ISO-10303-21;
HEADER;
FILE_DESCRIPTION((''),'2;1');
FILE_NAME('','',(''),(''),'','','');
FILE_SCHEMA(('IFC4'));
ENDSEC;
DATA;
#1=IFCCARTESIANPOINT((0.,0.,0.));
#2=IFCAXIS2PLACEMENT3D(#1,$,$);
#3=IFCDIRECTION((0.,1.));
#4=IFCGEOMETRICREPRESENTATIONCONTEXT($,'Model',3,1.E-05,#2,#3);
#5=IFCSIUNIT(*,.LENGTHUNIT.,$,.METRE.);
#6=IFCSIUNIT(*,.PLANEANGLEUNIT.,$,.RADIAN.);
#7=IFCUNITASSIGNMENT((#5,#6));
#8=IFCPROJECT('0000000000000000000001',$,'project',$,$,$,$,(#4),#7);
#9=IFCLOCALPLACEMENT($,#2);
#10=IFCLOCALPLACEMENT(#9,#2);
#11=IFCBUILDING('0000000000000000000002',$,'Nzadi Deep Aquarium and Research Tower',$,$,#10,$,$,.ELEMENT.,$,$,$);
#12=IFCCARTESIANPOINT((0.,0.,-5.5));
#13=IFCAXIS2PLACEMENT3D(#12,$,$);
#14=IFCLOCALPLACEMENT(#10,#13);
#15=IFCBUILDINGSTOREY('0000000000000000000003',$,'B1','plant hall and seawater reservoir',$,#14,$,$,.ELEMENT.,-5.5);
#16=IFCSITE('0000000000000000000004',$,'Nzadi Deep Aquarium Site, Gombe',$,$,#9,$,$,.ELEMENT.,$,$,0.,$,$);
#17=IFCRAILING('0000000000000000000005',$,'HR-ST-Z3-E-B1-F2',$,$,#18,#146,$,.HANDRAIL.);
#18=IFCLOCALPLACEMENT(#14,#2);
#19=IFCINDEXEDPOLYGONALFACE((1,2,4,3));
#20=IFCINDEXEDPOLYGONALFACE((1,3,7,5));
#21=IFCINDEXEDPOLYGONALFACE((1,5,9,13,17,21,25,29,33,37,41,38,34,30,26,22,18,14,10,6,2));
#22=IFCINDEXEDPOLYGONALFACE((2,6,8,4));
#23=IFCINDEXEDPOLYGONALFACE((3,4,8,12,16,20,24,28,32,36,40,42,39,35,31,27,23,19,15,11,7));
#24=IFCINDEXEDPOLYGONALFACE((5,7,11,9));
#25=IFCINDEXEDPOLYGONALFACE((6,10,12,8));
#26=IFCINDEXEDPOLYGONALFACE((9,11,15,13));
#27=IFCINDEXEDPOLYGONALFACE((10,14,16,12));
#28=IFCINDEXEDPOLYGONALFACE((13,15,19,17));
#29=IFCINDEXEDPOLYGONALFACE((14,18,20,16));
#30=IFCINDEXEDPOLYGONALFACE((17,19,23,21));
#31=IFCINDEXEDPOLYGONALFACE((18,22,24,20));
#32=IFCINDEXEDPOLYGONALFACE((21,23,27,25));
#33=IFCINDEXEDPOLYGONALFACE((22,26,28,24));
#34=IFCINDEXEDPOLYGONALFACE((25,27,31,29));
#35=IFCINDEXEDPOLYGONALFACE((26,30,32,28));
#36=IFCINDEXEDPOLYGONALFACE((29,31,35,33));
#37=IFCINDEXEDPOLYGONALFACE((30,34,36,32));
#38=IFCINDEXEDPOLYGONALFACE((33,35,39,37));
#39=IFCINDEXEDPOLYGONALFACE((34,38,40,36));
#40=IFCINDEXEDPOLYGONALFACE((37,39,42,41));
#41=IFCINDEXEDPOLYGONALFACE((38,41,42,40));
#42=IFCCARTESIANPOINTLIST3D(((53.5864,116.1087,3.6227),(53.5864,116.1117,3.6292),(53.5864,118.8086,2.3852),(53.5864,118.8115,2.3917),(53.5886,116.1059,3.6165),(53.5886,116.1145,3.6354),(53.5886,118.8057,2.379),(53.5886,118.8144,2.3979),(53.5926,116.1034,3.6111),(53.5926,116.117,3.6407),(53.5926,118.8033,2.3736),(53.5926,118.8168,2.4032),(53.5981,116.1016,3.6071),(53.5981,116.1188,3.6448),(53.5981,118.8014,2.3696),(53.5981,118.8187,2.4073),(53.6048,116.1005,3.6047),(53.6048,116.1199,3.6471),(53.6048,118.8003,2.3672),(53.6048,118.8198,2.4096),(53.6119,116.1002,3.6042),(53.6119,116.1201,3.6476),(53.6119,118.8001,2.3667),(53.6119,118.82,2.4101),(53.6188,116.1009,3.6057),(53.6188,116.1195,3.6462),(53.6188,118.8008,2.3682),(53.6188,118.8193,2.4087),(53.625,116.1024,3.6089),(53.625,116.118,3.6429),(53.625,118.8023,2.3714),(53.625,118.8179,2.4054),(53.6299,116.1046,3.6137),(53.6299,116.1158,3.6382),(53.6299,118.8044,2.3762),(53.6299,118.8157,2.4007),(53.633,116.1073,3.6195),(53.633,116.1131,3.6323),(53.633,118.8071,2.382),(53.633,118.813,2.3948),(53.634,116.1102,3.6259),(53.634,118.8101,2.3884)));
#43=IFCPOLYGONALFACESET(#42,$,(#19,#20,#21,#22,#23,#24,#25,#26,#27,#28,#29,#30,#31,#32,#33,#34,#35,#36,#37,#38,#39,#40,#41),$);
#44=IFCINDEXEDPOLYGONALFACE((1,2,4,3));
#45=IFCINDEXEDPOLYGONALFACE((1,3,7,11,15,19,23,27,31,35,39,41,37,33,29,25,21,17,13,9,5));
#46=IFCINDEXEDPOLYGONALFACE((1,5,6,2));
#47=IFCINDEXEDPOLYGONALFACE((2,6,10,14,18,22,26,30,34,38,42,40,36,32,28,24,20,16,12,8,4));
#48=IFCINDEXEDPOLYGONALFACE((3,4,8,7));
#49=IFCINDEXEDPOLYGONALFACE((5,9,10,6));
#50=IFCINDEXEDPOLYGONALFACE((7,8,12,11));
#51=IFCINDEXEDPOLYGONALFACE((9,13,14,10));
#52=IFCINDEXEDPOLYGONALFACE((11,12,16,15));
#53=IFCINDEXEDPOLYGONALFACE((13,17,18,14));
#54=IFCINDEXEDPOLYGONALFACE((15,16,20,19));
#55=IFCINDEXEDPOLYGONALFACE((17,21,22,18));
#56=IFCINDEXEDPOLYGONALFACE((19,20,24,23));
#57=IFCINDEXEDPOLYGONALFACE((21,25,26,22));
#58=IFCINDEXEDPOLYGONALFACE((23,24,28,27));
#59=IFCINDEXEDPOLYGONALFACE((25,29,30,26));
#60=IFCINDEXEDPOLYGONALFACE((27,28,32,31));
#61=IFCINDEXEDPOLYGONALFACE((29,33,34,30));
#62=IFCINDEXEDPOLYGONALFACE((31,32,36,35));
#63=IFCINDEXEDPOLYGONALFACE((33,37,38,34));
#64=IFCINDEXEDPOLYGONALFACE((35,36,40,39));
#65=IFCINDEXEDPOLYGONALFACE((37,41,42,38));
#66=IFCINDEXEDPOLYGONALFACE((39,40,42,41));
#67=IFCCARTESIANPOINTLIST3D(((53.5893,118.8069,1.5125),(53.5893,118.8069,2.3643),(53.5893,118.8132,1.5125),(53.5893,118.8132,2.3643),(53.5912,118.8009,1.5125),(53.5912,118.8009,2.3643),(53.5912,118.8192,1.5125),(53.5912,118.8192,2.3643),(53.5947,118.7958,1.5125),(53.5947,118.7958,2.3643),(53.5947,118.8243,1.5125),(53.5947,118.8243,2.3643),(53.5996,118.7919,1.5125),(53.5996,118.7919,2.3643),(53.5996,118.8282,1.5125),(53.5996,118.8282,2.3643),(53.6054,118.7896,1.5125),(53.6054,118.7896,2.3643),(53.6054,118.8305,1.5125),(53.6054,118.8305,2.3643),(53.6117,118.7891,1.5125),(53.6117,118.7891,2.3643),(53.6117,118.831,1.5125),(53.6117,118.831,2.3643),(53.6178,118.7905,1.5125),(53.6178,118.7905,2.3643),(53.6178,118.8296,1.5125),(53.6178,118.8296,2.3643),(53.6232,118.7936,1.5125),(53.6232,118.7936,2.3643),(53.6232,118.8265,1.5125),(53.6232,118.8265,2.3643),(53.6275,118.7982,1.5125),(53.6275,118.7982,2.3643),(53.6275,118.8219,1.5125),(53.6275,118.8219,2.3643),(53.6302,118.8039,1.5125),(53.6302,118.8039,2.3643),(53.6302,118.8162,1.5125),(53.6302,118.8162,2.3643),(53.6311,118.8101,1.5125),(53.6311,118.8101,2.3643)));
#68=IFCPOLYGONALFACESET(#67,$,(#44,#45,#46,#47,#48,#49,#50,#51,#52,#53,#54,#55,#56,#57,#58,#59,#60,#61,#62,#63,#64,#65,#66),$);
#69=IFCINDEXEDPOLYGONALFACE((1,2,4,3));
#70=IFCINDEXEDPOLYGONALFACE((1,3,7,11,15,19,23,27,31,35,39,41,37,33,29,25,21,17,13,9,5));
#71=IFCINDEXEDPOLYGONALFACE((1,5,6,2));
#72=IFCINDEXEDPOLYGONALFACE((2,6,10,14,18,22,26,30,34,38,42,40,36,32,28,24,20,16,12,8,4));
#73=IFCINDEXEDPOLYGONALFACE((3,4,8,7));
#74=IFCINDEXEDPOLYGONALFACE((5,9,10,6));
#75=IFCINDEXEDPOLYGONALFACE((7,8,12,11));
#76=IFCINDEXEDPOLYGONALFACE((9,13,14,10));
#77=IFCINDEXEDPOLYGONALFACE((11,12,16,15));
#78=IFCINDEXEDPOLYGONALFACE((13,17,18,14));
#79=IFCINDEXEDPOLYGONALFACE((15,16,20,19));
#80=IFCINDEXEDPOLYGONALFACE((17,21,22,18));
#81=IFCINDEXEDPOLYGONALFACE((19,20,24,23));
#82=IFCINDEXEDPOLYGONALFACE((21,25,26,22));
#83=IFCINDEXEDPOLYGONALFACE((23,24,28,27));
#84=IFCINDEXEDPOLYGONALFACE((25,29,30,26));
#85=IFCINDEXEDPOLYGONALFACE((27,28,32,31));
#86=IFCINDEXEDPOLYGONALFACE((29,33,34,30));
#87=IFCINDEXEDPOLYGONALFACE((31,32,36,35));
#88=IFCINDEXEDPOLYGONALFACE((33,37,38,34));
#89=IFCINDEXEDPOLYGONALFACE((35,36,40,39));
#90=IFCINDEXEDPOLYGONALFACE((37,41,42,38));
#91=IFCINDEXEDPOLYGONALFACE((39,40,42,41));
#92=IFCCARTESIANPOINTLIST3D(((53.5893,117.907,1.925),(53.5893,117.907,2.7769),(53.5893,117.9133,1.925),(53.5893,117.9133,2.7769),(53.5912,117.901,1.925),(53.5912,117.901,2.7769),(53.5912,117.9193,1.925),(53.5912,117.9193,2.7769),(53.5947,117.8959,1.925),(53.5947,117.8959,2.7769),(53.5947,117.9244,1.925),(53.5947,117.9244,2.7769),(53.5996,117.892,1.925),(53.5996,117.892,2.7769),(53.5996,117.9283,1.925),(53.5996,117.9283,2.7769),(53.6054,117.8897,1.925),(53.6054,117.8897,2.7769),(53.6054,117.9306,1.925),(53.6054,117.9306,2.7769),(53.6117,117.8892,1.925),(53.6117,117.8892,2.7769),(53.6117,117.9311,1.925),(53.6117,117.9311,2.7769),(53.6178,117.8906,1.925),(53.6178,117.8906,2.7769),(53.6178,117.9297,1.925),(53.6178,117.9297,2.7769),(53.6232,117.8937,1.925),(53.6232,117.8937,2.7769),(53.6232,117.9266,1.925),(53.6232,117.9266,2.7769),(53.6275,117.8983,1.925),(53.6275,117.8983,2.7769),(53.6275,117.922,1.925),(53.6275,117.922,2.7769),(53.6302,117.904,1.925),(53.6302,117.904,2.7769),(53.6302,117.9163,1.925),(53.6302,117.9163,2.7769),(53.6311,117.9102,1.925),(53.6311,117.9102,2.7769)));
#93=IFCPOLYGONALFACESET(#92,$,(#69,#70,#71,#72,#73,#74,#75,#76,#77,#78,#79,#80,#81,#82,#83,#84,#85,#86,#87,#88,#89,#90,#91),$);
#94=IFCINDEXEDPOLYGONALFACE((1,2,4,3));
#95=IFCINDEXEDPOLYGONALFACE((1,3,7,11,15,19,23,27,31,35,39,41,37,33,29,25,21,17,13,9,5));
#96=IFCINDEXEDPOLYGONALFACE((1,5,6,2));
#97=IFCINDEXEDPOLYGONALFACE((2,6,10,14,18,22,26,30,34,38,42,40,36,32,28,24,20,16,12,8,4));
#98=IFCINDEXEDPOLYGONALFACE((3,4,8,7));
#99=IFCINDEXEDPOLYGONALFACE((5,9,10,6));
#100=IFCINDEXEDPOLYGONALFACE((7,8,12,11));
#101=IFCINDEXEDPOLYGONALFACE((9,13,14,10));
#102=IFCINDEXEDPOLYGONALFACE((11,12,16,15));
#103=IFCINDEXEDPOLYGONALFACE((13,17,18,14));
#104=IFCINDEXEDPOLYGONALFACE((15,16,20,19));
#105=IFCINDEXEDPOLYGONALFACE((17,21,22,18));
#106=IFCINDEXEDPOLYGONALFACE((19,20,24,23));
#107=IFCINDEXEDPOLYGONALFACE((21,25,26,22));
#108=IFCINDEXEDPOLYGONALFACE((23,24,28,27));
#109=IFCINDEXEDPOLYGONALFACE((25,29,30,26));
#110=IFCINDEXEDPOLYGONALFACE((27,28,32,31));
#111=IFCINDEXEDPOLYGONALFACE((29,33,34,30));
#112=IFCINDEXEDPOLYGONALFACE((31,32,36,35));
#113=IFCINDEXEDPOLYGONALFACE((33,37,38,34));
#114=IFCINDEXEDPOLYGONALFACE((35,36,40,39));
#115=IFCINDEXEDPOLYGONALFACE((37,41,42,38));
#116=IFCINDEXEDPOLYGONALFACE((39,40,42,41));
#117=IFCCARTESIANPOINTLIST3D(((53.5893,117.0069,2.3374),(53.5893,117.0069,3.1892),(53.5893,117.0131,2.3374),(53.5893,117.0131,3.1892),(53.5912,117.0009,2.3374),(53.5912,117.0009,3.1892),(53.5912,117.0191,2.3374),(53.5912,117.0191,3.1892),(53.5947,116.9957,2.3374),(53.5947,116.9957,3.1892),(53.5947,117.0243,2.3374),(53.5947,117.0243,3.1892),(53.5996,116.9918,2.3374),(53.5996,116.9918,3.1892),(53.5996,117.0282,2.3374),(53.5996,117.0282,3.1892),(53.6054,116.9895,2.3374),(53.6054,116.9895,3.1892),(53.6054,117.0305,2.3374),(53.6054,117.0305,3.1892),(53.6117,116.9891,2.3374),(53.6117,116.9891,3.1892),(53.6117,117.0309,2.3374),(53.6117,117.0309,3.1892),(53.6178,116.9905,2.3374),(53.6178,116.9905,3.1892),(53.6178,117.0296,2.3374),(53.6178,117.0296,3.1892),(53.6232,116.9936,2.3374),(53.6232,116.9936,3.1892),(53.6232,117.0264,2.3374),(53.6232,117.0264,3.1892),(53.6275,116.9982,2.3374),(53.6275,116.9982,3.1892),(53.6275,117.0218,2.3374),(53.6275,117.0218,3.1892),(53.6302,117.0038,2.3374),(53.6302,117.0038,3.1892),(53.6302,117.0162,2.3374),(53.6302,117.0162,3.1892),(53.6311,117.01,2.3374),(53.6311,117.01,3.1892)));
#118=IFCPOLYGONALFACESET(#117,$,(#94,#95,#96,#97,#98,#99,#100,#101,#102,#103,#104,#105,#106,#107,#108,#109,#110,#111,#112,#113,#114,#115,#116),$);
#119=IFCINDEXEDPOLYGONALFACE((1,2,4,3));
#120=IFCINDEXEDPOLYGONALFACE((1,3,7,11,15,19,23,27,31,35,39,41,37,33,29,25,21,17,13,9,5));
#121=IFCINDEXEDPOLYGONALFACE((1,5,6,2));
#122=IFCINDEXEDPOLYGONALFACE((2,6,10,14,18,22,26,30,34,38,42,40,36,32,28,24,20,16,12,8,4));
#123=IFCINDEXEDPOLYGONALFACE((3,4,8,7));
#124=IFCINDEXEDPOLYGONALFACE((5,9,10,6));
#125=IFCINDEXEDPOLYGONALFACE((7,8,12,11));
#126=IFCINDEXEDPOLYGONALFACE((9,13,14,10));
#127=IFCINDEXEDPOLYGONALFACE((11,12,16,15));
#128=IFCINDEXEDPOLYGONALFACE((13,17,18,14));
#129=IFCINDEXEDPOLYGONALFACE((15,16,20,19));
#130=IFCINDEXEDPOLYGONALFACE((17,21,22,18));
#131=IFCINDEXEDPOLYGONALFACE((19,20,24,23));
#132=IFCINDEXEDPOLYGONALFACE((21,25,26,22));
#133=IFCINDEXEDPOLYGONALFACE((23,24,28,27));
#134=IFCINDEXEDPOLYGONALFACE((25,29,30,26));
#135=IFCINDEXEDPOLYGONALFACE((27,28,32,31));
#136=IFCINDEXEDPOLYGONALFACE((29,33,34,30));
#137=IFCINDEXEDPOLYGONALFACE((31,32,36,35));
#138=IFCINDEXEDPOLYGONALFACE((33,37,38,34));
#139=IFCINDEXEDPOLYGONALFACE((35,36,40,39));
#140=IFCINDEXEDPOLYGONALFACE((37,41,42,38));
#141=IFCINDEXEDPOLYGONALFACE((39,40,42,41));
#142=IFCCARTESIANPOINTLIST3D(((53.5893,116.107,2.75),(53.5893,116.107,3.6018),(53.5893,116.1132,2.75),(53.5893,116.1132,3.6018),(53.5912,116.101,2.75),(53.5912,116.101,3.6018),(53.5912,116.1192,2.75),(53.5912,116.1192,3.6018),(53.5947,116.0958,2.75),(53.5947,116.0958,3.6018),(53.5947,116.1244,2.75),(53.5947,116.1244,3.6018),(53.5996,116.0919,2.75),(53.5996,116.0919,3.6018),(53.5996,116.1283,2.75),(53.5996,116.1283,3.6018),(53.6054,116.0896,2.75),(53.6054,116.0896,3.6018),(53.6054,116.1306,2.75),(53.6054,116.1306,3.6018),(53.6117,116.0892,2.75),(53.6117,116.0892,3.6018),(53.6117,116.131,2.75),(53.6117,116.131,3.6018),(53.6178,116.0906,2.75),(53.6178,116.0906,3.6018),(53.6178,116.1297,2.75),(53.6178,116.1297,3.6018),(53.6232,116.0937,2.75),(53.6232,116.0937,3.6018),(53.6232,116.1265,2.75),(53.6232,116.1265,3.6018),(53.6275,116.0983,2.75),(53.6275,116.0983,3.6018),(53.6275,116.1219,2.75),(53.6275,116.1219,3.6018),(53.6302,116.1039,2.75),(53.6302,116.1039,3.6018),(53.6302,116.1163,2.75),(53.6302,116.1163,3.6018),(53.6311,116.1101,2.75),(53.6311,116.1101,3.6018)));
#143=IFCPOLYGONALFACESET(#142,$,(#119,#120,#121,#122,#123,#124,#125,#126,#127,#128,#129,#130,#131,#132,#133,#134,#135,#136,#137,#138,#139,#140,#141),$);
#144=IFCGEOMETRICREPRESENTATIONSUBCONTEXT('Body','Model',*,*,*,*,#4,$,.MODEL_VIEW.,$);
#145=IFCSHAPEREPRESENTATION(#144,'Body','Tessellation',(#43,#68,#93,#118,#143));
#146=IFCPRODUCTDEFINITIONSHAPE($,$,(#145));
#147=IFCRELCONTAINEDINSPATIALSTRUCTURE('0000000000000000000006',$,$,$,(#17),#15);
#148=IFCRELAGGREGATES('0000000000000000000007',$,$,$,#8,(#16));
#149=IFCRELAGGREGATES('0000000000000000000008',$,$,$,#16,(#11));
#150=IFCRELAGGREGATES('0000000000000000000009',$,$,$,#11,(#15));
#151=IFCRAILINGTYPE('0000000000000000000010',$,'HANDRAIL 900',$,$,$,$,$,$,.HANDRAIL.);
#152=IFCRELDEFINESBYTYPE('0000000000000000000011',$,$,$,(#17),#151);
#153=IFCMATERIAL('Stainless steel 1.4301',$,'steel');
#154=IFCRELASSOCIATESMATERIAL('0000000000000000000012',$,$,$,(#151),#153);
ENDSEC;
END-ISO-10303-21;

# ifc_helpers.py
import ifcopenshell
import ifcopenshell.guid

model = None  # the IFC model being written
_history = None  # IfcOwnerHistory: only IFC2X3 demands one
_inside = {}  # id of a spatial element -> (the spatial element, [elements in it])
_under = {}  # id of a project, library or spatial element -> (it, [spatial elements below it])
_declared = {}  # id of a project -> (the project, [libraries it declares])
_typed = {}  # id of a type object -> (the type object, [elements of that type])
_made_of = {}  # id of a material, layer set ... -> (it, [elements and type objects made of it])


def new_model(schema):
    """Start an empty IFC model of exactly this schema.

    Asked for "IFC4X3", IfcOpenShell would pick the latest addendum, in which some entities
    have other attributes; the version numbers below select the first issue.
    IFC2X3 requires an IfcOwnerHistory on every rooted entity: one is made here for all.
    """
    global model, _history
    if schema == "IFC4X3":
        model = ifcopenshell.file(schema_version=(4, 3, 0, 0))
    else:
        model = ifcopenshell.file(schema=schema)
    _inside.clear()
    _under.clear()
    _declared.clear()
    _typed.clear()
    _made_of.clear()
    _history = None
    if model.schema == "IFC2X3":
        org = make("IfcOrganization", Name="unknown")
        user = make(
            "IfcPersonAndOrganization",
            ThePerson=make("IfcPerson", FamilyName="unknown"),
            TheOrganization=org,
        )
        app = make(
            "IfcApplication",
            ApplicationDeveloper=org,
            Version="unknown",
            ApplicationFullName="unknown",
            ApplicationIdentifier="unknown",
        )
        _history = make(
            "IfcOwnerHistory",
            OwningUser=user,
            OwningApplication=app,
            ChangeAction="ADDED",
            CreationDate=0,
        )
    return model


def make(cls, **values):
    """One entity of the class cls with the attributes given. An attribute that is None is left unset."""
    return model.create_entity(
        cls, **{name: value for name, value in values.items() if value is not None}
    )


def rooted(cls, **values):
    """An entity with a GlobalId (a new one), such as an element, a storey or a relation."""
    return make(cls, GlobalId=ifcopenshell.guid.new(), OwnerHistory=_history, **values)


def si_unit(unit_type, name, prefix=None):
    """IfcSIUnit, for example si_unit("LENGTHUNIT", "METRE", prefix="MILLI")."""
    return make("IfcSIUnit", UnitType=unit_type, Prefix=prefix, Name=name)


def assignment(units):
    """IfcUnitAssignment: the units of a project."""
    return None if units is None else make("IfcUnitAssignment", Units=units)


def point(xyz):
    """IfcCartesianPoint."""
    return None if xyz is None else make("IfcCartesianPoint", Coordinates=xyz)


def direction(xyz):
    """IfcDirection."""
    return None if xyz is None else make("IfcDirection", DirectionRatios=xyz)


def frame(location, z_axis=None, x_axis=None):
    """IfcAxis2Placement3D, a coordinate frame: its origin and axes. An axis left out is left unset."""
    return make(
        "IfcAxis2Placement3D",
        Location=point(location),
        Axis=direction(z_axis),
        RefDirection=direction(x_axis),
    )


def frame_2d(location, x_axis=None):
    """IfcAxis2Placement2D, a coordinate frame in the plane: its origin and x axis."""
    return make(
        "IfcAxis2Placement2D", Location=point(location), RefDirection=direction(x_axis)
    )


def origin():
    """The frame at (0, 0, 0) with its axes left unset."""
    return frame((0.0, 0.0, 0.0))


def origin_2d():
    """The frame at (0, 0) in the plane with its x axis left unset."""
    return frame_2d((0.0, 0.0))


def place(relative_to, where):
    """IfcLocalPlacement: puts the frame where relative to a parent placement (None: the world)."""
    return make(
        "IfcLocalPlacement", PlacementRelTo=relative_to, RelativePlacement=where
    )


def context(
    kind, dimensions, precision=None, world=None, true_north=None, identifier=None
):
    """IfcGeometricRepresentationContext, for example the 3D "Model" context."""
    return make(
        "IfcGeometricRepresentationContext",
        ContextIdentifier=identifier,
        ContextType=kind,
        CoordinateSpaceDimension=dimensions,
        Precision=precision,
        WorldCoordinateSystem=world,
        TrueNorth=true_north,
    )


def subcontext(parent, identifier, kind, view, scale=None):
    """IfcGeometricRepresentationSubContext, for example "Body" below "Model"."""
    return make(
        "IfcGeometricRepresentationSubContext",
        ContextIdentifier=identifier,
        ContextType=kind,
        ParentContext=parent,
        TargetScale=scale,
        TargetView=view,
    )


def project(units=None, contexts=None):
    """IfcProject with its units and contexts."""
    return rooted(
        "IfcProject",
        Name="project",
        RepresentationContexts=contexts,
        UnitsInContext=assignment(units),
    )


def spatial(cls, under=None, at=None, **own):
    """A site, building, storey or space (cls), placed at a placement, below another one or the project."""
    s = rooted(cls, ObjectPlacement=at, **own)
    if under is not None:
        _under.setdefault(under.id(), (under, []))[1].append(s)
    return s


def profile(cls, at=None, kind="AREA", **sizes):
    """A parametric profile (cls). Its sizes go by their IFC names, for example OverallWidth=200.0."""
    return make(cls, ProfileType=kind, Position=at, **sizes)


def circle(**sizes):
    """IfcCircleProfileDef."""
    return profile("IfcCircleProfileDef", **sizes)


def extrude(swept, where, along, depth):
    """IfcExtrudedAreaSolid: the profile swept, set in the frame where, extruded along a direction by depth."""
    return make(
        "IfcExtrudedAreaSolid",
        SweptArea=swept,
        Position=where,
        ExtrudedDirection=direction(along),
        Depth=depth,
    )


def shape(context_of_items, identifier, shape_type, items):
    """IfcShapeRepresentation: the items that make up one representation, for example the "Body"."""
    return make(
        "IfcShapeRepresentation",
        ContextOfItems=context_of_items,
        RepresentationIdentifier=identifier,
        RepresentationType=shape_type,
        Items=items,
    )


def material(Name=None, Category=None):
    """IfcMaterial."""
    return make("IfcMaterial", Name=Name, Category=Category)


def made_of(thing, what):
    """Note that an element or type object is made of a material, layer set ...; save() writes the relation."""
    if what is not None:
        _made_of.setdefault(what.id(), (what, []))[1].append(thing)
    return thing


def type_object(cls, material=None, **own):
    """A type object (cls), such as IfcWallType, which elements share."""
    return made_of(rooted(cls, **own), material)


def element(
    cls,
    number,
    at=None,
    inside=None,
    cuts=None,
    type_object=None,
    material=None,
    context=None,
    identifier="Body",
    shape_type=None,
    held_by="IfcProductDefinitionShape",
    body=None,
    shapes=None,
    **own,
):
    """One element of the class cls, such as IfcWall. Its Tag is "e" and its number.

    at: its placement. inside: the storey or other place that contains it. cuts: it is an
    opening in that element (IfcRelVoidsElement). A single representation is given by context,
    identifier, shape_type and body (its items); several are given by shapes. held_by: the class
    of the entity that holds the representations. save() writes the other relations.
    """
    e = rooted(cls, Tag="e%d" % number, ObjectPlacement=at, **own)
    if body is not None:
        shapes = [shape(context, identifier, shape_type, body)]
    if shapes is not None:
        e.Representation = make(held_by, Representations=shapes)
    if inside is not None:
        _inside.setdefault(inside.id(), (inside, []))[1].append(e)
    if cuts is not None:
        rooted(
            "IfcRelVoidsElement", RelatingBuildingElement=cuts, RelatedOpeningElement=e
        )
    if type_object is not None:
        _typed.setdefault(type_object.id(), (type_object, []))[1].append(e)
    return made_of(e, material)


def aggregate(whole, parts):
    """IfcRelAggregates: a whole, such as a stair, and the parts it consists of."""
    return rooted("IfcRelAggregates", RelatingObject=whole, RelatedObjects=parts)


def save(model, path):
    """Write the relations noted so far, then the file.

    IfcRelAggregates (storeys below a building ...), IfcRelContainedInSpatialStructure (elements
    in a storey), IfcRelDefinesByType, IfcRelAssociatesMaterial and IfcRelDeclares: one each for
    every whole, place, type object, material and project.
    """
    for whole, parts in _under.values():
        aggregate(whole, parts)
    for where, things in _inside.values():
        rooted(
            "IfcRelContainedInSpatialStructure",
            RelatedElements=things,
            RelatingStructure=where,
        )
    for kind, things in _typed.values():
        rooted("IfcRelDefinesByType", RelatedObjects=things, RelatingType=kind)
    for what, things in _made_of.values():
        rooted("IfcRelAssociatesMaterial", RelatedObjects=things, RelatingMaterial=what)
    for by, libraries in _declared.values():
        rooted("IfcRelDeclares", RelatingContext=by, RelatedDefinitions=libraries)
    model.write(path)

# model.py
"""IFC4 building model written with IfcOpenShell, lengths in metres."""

from ifc_helpers import new_model, si_unit, direction, frame, origin, origin_2d, place, context, subcontext, project, spatial, circle, extrude, material, type_object, element, save


model = new_model("IFC4")

# Units and contexts
model_context = context("Model", 3, precision=1e-05, world=origin(), true_north=direction((0.0, 1.0)))
body_context = subcontext(model_context, "Body", "Model", "MODEL_VIEW")
ifc_project = project(units=[si_unit("LENGTHUNIT", "METRE"), si_unit("PLANEANGLEUNIT", "RADIAN")], contexts=[model_context])

# Site, building, storey
site_placement = place(None, origin())
site = spatial("IfcSite", under=ifc_project, at=site_placement, Name="Nzadi Deep Aquarium Site, Gombe", CompositionType="ELEMENT", RefElevation=0.0)
building_placement = place(site_placement, origin())
building = spatial("IfcBuilding", under=site, at=building_placement, Name="Nzadi Deep Aquarium and Research Tower", CompositionType="ELEMENT")
storey_placement = place(building_placement, frame((0.0, 0.0, -5.5)))
storey = spatial("IfcBuildingStorey", under=building, at=storey_placement, Name="B1", Description="plant hall and seawater reservoir", CompositionType="ELEMENT", Elevation=-5.5)

# Railing
ifc_material_1 = material(Name="Stainless steel 1.4301", Category="steel")
railing_type = type_object("IfcRailingType", Name="HANDRAIL 900", PredefinedType="HANDRAIL", material=ifc_material_1)
for number, where, name in (
    (1, (53.6101, 118.8101, 1.5125), "HR-ST-Z3-E-B1-F2"),
):
    element("IfcRailing", number, at=place(storey_placement, frame(where)), inside=storey, type_object=railing_type, Name=name, PredefinedType="HANDRAIL", context=body_context, shape_type="SweptSolid", body=[
        extrude(circle(Radius=0.0239, at=origin_2d()), frame((0.0, 0.0, 0.876), z_axis=(0.0, -0.909056, 0.416675), x_axis=(1.0, 0.0, 0.0)), (0.0, 0.0, 1.0), 2.97),
        extrude(circle(Radius=0.021, at=origin_2d()), origin(), (0.0, 0.0, 1.0), 0.8518),
        extrude(circle(Radius=0.021, at=origin_2d()), frame((0.0, -0.8999, 0.4126)), (0.0, 0.0, 1.0), 0.8518),
        extrude(circle(Radius=0.021, at=origin_2d()), frame((0.0, -1.8, 0.825)), (0.0, 0.0, 1.0), 0.8518),
        extrude(circle(Radius=0.021, at=origin_2d()), frame((0.0, -2.7, 1.2375)), (0.0, 0.0, 1.0), 0.8518),
    ])

save(model, "model.ifc")
